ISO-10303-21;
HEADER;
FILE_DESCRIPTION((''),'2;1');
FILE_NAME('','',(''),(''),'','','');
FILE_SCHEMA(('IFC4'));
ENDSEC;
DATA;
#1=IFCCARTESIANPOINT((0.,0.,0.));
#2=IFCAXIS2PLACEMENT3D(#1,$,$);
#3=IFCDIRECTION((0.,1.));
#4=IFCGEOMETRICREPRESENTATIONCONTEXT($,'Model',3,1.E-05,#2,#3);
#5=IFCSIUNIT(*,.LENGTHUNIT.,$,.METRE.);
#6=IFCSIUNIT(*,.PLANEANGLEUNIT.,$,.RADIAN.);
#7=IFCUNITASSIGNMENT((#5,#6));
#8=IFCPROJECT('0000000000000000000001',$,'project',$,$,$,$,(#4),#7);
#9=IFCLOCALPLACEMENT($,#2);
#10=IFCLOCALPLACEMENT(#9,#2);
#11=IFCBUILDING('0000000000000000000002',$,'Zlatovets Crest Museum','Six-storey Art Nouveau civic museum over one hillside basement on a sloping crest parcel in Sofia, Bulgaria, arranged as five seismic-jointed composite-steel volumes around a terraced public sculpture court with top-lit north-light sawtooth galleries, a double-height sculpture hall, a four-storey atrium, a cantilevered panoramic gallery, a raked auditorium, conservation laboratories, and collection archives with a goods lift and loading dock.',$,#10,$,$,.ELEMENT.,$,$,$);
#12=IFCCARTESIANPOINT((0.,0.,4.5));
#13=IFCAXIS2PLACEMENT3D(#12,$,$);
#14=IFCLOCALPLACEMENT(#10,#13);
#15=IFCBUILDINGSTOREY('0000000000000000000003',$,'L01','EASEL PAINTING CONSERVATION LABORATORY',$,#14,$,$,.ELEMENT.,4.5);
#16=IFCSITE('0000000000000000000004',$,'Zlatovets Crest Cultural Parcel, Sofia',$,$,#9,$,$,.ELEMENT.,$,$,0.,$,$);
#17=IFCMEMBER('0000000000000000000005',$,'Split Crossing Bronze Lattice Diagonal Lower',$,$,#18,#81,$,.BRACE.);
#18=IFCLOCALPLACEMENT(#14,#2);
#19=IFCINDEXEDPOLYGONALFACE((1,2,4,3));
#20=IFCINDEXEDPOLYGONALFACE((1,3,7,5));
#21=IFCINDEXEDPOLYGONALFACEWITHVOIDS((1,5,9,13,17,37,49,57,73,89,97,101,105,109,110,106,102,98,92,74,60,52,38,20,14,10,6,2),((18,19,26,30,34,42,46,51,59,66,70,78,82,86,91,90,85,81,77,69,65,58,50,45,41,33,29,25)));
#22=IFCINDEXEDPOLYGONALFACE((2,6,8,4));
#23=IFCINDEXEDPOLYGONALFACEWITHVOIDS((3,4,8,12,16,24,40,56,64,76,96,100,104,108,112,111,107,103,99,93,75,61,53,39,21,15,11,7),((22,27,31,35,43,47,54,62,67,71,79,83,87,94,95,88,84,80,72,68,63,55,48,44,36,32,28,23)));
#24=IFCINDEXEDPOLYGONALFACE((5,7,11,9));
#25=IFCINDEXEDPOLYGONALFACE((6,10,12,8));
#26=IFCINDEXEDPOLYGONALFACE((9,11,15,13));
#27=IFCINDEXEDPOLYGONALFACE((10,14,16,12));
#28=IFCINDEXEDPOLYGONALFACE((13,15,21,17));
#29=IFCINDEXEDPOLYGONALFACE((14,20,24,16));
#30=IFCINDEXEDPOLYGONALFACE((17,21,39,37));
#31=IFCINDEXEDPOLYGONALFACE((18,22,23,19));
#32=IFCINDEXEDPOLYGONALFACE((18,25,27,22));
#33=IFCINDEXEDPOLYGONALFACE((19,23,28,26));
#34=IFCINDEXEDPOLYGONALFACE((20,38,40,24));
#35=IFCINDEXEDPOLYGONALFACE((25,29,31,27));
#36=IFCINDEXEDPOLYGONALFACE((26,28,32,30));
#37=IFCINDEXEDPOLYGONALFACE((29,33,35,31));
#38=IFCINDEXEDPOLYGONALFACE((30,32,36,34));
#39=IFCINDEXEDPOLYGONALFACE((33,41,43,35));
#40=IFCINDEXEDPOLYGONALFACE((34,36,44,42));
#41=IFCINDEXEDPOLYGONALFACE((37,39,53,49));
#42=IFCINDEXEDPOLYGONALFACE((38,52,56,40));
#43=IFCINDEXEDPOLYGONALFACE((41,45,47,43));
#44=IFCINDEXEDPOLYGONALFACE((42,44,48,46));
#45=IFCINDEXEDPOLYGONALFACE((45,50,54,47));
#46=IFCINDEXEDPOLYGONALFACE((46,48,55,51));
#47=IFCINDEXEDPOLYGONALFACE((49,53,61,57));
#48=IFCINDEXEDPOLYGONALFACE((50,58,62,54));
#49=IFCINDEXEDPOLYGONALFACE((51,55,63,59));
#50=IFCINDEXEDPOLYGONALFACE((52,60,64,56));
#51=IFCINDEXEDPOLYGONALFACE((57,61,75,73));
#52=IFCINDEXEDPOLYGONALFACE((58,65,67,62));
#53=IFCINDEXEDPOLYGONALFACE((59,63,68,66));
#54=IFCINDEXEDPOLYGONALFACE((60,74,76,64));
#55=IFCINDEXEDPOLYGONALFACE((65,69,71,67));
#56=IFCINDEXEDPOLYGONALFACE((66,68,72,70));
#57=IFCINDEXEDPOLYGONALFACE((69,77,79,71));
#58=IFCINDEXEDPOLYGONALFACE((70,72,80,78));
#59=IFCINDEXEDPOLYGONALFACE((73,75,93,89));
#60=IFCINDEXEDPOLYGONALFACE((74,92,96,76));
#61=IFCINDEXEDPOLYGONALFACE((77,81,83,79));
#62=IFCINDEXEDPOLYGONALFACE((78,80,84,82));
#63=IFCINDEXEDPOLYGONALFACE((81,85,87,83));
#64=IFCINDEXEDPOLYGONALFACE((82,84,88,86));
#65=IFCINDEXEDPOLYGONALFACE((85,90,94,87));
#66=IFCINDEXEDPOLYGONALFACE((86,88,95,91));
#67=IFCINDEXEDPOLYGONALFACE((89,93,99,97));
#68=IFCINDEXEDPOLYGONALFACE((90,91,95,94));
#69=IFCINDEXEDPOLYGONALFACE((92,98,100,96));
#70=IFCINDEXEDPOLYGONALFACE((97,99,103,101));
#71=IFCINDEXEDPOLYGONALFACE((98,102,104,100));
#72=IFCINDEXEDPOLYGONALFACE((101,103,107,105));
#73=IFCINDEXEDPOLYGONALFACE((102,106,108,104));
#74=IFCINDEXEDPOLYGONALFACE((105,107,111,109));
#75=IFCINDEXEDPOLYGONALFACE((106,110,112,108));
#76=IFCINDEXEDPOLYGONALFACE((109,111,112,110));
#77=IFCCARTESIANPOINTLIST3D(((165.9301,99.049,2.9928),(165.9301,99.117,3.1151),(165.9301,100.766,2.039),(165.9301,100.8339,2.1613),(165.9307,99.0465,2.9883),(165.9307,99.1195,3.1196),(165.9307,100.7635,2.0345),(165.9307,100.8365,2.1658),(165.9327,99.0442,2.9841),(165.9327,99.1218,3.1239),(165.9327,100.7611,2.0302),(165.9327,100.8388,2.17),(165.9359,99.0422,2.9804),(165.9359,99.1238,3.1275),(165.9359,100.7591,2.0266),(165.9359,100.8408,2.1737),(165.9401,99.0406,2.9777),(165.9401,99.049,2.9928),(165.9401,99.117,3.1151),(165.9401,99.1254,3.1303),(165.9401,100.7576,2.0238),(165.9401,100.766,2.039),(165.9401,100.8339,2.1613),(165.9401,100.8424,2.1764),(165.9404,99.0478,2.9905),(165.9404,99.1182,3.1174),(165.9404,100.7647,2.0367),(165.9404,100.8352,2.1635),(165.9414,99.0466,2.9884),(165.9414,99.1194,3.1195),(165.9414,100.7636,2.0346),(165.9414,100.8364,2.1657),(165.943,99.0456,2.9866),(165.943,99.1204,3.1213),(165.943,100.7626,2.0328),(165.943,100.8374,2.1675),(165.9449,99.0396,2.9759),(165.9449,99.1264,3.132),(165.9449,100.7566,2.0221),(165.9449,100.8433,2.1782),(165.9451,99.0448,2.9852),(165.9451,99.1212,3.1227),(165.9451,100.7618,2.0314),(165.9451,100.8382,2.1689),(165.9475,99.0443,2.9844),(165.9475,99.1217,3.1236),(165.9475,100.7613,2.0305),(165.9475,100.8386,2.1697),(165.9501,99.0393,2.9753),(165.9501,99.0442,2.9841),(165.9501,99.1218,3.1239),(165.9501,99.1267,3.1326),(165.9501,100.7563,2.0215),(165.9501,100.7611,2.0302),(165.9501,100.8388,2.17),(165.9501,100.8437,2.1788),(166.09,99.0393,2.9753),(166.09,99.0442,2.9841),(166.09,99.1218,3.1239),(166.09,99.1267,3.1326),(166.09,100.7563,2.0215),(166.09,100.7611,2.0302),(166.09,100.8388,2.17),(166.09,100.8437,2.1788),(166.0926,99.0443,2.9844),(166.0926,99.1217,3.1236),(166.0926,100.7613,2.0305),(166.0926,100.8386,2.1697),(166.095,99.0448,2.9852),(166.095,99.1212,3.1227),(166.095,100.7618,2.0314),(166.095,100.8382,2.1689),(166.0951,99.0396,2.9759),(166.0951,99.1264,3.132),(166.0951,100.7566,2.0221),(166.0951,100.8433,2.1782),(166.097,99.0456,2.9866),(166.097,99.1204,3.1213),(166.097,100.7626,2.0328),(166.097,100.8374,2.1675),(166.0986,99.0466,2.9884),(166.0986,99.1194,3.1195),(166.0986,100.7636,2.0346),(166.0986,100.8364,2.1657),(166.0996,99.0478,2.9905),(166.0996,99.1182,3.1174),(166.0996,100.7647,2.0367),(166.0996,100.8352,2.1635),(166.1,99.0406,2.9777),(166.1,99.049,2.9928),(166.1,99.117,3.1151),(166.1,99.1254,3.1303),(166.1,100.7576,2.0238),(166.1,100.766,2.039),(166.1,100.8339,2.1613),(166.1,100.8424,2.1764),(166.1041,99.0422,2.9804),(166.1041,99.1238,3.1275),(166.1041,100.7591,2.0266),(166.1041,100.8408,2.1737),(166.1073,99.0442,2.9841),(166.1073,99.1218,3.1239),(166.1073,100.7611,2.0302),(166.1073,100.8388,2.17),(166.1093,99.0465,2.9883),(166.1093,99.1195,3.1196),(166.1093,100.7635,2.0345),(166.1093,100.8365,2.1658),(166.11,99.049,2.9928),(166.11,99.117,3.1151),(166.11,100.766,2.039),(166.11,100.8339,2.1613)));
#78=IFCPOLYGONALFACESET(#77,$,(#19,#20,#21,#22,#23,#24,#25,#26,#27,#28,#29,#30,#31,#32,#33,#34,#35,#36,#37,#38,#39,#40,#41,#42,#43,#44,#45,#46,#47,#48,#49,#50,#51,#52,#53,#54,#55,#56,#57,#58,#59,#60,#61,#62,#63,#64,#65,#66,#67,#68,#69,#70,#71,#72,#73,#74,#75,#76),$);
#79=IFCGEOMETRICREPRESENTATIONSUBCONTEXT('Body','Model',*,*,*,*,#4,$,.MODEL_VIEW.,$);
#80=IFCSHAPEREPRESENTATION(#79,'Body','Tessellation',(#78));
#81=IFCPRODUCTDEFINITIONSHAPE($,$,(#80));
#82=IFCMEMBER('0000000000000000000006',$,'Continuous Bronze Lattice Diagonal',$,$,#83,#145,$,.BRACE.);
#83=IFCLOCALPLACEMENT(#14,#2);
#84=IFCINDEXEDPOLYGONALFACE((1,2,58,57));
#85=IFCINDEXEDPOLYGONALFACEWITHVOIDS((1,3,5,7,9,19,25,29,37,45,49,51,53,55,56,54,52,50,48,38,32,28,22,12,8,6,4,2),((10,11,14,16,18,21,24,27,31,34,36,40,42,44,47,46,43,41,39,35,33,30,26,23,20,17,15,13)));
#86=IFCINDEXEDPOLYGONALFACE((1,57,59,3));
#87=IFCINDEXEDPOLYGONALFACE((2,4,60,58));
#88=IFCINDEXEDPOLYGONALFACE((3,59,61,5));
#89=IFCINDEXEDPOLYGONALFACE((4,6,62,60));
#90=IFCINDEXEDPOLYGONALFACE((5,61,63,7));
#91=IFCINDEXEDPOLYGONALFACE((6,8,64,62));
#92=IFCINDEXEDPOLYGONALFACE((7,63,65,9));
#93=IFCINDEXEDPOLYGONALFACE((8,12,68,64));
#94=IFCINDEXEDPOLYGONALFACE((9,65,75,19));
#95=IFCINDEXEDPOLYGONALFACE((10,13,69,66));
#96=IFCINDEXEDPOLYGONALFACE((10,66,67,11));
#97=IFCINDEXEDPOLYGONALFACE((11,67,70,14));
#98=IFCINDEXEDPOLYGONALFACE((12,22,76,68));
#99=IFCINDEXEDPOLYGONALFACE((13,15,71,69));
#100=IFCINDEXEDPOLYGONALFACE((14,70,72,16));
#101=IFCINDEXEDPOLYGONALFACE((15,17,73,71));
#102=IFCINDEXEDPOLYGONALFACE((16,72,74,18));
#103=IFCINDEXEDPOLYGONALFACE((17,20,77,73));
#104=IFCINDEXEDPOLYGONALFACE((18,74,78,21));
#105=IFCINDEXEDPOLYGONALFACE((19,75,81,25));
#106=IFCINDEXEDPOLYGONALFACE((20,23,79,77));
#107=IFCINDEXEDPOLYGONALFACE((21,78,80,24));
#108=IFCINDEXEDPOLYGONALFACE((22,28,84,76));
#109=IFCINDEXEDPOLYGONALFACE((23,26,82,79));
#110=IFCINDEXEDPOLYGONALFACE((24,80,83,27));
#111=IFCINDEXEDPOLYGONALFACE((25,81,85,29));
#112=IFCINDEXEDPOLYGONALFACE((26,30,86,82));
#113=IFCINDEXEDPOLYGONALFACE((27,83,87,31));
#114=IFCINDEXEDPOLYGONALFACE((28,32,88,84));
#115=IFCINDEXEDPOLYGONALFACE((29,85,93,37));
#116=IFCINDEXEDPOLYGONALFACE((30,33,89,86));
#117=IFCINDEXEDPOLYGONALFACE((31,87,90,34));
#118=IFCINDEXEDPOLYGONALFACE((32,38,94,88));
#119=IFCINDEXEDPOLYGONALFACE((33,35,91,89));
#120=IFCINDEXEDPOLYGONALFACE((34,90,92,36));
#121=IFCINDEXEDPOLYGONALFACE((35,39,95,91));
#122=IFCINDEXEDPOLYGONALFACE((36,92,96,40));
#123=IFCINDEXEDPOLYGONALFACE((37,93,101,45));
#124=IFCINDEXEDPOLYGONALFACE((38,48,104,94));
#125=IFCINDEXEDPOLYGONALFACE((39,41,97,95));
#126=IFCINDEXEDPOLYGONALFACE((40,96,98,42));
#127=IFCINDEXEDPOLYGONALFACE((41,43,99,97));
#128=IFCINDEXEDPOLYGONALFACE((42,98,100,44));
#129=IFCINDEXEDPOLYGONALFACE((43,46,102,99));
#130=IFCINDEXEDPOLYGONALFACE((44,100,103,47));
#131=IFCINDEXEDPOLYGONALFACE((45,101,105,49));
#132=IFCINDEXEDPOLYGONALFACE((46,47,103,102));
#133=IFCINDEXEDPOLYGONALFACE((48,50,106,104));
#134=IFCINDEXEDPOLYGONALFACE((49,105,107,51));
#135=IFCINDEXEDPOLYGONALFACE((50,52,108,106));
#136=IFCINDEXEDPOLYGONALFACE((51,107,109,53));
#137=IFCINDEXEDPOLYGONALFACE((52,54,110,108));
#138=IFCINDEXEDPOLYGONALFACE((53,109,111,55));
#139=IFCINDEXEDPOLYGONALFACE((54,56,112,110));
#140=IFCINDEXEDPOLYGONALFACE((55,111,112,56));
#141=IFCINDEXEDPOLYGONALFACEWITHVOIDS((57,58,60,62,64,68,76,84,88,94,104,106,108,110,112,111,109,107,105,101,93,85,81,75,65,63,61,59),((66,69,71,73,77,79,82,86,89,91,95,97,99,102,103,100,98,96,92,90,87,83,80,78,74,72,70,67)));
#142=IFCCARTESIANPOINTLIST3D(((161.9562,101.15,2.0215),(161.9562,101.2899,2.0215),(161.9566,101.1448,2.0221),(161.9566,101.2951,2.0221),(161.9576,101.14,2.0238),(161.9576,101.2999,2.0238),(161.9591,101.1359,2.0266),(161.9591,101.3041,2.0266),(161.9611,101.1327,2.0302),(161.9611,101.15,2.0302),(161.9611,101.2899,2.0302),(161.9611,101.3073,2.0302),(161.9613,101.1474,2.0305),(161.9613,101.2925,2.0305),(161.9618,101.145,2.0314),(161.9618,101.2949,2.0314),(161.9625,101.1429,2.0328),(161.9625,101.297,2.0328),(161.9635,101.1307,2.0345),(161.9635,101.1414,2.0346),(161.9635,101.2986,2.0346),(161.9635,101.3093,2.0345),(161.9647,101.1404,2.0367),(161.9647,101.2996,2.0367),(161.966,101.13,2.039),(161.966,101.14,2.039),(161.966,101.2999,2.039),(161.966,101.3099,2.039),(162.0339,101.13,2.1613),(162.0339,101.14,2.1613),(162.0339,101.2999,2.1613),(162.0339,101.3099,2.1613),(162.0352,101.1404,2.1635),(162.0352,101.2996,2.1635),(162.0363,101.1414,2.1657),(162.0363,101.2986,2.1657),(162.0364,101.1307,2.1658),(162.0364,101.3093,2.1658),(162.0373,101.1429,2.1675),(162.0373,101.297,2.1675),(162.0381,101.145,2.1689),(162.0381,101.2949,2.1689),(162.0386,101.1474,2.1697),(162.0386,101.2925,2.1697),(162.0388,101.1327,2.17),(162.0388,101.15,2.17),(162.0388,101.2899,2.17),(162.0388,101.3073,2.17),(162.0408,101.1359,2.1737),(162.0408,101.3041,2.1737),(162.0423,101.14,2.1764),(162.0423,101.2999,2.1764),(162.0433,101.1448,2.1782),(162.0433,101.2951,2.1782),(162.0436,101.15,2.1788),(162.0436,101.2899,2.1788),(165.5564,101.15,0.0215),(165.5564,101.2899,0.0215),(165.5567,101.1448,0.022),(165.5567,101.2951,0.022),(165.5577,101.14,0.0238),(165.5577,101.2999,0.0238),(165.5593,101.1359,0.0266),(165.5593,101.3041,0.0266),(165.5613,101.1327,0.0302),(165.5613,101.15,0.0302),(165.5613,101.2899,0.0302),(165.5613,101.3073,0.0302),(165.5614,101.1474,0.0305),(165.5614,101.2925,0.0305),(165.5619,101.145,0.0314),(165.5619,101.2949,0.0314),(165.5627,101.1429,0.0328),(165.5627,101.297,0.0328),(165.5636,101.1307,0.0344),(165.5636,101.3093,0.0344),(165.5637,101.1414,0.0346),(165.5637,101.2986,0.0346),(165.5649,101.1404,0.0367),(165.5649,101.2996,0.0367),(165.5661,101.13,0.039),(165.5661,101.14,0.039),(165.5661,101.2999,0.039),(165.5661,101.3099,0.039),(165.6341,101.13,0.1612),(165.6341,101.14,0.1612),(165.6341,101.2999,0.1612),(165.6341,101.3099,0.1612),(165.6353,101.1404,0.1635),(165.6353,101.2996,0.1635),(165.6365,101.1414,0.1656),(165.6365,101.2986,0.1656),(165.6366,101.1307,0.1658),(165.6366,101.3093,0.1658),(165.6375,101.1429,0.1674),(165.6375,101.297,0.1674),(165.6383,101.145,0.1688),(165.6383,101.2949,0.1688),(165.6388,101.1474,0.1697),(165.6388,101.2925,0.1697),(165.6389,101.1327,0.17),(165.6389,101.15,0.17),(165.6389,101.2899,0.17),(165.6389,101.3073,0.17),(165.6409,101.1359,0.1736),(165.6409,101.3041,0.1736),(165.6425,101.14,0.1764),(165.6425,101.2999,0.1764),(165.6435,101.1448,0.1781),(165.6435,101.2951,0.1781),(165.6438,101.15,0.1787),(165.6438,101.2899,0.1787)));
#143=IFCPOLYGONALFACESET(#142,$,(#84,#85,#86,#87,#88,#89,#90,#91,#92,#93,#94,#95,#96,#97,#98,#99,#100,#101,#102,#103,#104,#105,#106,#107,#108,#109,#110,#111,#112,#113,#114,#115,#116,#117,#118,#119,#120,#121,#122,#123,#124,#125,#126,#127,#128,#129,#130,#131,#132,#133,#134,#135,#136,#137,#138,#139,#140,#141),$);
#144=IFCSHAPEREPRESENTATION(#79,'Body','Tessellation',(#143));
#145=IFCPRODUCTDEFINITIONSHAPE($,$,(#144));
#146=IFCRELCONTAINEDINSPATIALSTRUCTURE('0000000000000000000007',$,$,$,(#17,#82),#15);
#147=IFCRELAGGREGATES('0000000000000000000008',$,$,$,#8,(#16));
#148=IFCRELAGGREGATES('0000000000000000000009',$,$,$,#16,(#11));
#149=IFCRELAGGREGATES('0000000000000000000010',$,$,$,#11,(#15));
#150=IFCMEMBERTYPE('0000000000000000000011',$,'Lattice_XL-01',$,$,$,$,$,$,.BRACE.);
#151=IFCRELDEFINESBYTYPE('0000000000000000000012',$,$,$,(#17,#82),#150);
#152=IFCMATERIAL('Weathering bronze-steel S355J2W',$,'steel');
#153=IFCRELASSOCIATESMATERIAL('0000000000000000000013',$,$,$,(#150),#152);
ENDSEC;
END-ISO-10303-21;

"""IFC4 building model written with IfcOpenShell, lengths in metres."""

from ifc_helpers import new_model, si_unit, direction, frame, origin, origin_2d, place, context, subcontext, project, spatial, hollow_rectangle, extrude, material, material_profile, profile_set, type_object, element, save


model = new_model("IFC4")

# Units and contexts
model_context = context("Model", 3, precision=1e-05, world=origin(), true_north=direction((0.0, 1.0)))
body_context = subcontext(model_context, "Body", "Model", "MODEL_VIEW")
ifc_project = project(units=[si_unit("LENGTHUNIT", "METRE"), si_unit("PLANEANGLEUNIT", "RADIAN")], contexts=[model_context])

# Site, building, storey
site_placement = place(None, origin())
site = spatial("IfcSite", under=ifc_project, at=site_placement, Name="Zlatovets Crest Cultural Parcel, Sofia", CompositionType="ELEMENT", RefElevation=0.0)
building_placement = place(site_placement, origin())
building = spatial("IfcBuilding", under=site, at=building_placement, Name="Zlatovets Crest Museum", Description="Six-storey Art Nouveau civic museum over one hillside basement on a sloping crest parcel in Sofia, Bulgaria, arranged as five seismic-jointed composite-steel volumes around a terraced public sculpture court with top-lit north-light sawtooth galleries, a double-height sculpture hall, a four-storey atrium, a cantilevered panoramic gallery, a raked auditorium, conservation laboratories, and collection archives with a goods lift and loading dock.", CompositionType="ELEMENT")
storey_placement = place(building_placement, frame((0.0, 0.0, 4.5)))
storey = spatial("IfcBuildingStorey", under=building, at=storey_placement, Name="L01", Description="EASEL PAINTING CONSERVATION LABORATORY", CompositionType="ELEMENT", Elevation=4.5)

# Members
ifc_material_1 = material(Name="Weathering bronze-steel S355J2W", Category="steel")
ifc_material_profile_1 = material_profile(ifc_material_1, hollow_rectangle(XDim=0.1799, YDim=0.1799, WallThickness=0.01, InnerFilletRadius=0.01, OuterFilletRadius=0.02, at=origin_2d()), Name="SHS 180x180x10.0")
ifc_profile_set_1 = profile_set([ifc_material_profile_1], Name="Weathering bronze-steel S355J2W")
member_type_1 = type_object("IfcMemberType", Name="Lattice_XL-01", PredefinedType="BRACE", material=ifc_profile_set_1)
member_1_placement = place(storey_placement, frame((166.02, 99.083, 3.054), z_axis=(0.0, 0.874169, -0.485622), x_axis=(-1.0, 0.0, 0.0)))
element("IfcMember", 1, at=member_1_placement, inside=storey, type_object=member_type_1, Name="Split Crossing Bronze Lattice Diagonal Lower", PredefinedType="BRACE", context=body_context, shape_type="SweptSolid", body=[
    extrude(hollow_rectangle(XDim=0.1799, YDim=0.1799, WallThickness=0.01, InnerFilletRadius=0.01, OuterFilletRadius=0.02, at=origin_2d()), origin(), (0.0, 0.0, 1.0), 1.9641),
])
member_2_placement = place(storey_placement, frame((165.6001, 101.22, 0.1001), z_axis=(-0.874163, 0.0, 0.485633), x_axis=(0.0, -1.0, 0.0)))
element("IfcMember", 2, at=member_2_placement, inside=storey, type_object=member_type_1, Name="Continuous Bronze Lattice Diagonal", PredefinedType="BRACE", context=body_context, shape_type="SweptSolid", body=[
    extrude(hollow_rectangle(XDim=0.1799, YDim=0.1799, WallThickness=0.01, InnerFilletRadius=0.01, OuterFilletRadius=0.02, at=origin_2d()), origin(), (0.0, 0.0, 1.0), 4.1184),
])

save(model, "model.ifc")
